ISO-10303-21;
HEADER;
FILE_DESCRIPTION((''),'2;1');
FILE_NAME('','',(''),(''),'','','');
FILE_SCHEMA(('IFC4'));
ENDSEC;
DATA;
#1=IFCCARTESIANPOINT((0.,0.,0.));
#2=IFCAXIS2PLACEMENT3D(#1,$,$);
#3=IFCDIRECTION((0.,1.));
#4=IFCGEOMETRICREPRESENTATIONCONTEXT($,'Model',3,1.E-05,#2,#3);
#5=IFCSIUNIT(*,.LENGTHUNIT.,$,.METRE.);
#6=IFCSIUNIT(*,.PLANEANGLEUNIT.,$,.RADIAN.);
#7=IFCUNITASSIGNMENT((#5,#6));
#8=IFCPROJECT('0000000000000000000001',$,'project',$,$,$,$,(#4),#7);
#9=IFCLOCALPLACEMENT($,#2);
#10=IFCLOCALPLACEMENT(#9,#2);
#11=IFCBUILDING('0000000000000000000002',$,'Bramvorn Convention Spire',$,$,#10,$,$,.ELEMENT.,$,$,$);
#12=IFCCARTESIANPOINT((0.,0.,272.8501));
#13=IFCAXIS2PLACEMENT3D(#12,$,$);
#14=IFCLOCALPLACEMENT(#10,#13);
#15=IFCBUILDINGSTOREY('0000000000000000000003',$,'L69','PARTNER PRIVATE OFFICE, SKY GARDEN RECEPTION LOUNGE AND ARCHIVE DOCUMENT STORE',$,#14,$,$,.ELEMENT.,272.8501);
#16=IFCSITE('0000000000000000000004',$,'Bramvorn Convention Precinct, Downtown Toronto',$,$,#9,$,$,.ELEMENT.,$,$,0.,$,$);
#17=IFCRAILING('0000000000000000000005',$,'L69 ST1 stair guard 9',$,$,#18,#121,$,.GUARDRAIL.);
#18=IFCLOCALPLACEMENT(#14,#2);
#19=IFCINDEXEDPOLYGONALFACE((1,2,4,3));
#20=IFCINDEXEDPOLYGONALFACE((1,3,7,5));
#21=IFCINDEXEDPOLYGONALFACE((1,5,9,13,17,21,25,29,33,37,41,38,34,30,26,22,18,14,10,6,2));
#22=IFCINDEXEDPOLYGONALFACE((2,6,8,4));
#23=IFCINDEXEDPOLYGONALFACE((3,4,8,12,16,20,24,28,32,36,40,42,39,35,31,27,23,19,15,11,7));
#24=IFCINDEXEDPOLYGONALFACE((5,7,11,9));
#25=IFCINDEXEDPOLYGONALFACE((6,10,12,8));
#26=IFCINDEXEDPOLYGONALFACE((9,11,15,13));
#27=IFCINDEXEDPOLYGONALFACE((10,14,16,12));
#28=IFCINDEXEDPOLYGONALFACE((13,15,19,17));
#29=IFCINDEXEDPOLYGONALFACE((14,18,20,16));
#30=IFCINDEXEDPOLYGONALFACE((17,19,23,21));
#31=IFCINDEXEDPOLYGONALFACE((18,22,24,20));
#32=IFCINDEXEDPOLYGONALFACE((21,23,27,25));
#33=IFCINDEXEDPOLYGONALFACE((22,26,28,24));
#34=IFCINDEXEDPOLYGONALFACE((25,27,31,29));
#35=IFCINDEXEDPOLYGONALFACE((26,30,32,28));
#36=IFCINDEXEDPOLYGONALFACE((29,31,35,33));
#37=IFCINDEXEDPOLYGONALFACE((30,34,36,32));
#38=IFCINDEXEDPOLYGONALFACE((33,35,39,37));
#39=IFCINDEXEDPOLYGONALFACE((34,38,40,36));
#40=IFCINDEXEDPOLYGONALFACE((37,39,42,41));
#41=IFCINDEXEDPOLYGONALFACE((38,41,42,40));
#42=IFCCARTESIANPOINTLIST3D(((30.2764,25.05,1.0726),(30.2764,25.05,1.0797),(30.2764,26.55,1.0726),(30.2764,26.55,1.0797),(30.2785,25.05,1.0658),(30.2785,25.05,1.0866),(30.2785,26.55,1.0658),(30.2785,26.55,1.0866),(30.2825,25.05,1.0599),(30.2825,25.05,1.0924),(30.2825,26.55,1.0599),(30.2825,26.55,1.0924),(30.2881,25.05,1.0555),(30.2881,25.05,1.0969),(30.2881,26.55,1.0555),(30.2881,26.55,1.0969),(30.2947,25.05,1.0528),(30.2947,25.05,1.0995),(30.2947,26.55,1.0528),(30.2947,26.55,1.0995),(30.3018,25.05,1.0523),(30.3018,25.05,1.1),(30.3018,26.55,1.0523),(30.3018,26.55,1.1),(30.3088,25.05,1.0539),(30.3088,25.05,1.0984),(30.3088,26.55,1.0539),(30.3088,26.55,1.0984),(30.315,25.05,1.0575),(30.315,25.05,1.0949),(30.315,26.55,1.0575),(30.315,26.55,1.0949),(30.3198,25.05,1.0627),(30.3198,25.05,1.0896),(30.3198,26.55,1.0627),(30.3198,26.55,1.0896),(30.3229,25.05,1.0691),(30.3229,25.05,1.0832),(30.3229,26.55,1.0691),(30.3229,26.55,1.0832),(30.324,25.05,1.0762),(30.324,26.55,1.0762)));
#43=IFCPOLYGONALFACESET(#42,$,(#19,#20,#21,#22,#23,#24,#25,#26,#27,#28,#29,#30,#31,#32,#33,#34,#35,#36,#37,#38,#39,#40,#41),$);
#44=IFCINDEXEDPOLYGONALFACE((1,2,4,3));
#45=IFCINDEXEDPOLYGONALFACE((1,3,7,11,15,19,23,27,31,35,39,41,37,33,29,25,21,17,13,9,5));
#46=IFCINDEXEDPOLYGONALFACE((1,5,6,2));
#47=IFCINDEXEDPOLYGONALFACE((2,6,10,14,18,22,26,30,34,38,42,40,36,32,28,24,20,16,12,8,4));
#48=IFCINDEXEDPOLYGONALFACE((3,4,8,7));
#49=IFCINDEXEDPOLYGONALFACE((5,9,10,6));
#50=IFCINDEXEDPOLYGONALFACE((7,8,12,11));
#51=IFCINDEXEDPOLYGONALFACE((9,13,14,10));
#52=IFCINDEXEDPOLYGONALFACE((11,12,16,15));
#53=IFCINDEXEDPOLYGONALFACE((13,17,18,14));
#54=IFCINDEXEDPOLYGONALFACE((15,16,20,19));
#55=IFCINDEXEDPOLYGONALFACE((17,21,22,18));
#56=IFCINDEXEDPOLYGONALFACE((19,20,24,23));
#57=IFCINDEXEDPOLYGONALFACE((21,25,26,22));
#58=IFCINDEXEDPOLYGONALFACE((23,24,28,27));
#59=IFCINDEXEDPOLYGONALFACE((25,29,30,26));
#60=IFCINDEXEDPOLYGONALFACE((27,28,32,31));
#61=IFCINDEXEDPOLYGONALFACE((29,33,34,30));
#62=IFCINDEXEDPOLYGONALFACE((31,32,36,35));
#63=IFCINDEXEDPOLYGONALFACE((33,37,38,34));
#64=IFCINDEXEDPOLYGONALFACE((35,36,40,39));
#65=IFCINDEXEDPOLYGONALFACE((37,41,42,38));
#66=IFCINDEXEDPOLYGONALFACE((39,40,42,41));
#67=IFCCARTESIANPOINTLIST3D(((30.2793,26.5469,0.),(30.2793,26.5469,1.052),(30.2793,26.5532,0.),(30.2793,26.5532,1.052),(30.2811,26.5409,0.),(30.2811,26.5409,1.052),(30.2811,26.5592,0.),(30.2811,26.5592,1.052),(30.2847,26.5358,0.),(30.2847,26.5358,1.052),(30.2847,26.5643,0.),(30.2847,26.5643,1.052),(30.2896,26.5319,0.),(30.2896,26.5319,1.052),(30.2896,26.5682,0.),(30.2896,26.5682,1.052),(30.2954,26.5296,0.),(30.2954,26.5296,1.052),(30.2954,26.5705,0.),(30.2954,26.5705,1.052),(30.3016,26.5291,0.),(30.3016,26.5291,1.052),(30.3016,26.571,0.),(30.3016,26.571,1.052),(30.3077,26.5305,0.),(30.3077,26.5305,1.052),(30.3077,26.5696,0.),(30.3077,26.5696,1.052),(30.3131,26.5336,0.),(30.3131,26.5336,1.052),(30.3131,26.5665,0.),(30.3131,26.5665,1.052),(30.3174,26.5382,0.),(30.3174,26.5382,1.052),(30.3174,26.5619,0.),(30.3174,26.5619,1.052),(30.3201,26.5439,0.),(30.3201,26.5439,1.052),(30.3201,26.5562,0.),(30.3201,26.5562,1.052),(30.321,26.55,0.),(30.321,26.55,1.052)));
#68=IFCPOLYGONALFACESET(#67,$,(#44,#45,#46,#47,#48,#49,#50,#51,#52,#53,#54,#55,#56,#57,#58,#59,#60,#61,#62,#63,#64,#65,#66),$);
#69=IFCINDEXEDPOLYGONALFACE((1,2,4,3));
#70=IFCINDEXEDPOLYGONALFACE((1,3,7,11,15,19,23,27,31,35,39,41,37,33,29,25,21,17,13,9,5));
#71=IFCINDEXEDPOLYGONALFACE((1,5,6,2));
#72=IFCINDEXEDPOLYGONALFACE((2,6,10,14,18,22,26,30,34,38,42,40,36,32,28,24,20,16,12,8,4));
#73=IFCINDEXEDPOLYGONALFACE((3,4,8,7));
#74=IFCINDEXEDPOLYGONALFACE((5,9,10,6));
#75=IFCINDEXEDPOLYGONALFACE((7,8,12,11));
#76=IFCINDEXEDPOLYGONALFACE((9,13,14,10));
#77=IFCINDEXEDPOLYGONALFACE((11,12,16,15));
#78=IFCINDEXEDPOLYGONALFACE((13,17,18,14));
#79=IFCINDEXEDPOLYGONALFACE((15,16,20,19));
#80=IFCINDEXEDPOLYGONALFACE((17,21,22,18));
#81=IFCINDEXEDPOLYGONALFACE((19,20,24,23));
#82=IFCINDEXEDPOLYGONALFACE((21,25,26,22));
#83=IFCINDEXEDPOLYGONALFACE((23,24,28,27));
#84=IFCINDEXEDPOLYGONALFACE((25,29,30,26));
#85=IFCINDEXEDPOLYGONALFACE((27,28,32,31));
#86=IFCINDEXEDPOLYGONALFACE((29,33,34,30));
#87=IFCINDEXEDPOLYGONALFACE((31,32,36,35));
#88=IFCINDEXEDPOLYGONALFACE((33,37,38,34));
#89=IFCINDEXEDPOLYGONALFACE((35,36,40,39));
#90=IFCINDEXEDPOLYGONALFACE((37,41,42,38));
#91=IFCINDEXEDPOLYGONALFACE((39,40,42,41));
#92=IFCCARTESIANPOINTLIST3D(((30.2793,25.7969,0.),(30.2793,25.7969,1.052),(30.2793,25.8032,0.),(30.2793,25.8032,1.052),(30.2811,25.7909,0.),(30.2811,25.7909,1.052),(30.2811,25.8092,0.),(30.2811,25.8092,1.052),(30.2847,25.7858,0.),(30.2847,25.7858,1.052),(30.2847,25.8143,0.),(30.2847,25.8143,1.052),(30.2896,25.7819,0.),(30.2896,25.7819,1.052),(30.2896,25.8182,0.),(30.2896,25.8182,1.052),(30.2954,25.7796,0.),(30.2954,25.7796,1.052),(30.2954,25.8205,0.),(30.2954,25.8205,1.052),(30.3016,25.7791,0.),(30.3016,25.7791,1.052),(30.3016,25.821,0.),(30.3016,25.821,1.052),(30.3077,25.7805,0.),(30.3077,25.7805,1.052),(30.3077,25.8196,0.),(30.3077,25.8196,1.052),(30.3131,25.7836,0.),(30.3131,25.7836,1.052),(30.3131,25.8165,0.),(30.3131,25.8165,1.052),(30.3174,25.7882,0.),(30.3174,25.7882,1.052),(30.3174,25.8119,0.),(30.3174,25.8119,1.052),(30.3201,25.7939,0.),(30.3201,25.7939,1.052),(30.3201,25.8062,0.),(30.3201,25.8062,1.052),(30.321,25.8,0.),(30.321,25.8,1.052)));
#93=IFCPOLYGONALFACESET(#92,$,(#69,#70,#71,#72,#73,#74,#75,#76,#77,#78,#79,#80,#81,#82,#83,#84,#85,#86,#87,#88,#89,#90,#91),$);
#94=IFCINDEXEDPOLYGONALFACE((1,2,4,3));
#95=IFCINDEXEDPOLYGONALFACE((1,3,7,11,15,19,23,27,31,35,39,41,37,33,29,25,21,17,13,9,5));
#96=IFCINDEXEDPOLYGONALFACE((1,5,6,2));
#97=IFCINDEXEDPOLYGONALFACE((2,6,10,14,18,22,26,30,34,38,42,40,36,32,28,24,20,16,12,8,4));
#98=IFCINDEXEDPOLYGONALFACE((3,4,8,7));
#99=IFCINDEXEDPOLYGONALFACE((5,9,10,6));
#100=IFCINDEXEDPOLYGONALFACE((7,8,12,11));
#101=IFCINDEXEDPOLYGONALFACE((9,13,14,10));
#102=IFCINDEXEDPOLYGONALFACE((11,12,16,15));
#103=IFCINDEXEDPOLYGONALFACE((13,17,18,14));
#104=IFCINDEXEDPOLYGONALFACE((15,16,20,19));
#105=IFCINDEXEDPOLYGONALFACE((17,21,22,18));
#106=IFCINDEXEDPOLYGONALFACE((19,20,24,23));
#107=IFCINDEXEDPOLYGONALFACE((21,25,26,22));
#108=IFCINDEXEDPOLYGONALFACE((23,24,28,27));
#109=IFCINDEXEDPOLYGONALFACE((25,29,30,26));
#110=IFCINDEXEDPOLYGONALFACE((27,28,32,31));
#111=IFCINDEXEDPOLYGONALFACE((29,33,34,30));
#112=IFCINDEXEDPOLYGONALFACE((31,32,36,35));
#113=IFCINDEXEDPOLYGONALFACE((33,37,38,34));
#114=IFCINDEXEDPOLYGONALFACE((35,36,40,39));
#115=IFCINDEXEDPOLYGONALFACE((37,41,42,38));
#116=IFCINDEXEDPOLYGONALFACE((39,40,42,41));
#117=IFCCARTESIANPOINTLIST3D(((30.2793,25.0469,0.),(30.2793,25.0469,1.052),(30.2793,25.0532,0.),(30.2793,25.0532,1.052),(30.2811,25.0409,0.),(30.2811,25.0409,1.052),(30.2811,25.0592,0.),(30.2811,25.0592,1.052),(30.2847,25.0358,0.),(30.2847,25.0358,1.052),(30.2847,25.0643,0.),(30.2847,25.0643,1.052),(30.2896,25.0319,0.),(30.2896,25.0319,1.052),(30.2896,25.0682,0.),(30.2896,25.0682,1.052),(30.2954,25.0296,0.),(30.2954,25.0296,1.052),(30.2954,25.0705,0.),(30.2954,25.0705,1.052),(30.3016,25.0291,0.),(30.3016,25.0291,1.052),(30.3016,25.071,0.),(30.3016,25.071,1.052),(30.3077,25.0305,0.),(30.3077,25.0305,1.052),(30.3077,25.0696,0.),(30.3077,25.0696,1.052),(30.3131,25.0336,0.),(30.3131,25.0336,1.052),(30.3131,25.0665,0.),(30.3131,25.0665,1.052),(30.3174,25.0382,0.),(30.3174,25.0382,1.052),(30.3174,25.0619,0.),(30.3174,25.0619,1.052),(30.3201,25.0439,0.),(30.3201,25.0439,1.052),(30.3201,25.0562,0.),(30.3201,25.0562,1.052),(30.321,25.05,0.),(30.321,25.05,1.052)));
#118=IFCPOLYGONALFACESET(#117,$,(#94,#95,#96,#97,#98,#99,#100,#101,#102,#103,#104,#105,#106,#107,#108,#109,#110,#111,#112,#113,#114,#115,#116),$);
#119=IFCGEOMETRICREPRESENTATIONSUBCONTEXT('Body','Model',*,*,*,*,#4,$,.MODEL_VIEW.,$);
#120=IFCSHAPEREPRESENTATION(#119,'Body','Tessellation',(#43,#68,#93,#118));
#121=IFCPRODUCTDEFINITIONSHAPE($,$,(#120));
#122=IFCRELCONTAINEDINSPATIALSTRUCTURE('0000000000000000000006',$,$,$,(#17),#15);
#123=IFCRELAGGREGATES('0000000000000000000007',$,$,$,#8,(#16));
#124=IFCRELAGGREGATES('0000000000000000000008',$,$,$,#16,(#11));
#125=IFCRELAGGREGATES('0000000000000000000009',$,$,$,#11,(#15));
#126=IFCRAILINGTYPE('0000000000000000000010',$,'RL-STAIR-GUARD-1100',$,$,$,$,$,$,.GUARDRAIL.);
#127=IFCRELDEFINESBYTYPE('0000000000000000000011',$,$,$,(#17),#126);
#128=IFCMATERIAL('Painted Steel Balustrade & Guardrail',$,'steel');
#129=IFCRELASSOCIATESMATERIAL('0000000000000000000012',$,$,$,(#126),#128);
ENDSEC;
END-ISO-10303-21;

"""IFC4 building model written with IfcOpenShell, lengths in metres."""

from ifc_helpers import new_model, si_unit, direction, frame, origin, origin_2d, place, context, subcontext, project, spatial, circle, extrude, material, type_object, element, save


model = new_model("IFC4")

# Units and contexts
model_context = context("Model", 3, precision=1e-05, world=origin(), true_north=direction((0.0, 1.0)))
body_context = subcontext(model_context, "Body", "Model", "MODEL_VIEW")
ifc_project = project(units=[si_unit("LENGTHUNIT", "METRE"), si_unit("PLANEANGLEUNIT", "RADIAN")], contexts=[model_context])

# Site, building, storey
site_placement = place(None, origin())
site = spatial("IfcSite", under=ifc_project, at=site_placement, Name="Bramvorn Convention Precinct, Downtown Toronto", CompositionType="ELEMENT", RefElevation=0.0)
building_placement = place(site_placement, origin())
building = spatial("IfcBuilding", under=site, at=building_placement, Name="Bramvorn Convention Spire", CompositionType="ELEMENT")
storey_placement = place(building_placement, frame((0.0, 0.0, 272.8501)))
storey = spatial("IfcBuildingStorey", under=building, at=storey_placement, Name="L69", Description="PARTNER PRIVATE OFFICE, SKY GARDEN RECEPTION LOUNGE AND ARCHIVE DOCUMENT STORE", CompositionType="ELEMENT", Elevation=272.8501)

# Railing
ifc_material_1 = material(Name="Painted Steel Balustrade & Guardrail", Category="steel")
railing_type = type_object("IfcRailingType", Name="RL-STAIR-GUARD-1100", PredefinedType="GUARDRAIL", material=ifc_material_1)
for number, where, name in (
    (1, (30.3, 26.55, 0.0), "L69 ST1 stair guard 9"),
):
    element("IfcRailing", number, at=place(storey_placement, frame(where)), inside=storey, type_object=railing_type, Name=name, PredefinedType="GUARDRAIL", context=body_context, shape_type="SweptSolid", body=[
        extrude(circle(Radius=0.0239, at=origin_2d()), frame((0.0, 0.0, 1.0762), z_axis=(0.0, -1.0, 0.0), x_axis=(1.0, 0.0, 0.0)), (0.0, 0.0, 1.0), 1.5),
        extrude(circle(Radius=0.021, at=origin_2d()), origin(), (0.0, 0.0, 1.0), 1.052),
        extrude(circle(Radius=0.021, at=origin_2d()), frame((0.0, -0.75, 0.0)), (0.0, 0.0, 1.0), 1.052),
        extrude(circle(Radius=0.021, at=origin_2d()), frame((0.0, -1.5, 0.0)), (0.0, 0.0, 1.0), 1.052),
    ])

save(model, "model.ifc")
